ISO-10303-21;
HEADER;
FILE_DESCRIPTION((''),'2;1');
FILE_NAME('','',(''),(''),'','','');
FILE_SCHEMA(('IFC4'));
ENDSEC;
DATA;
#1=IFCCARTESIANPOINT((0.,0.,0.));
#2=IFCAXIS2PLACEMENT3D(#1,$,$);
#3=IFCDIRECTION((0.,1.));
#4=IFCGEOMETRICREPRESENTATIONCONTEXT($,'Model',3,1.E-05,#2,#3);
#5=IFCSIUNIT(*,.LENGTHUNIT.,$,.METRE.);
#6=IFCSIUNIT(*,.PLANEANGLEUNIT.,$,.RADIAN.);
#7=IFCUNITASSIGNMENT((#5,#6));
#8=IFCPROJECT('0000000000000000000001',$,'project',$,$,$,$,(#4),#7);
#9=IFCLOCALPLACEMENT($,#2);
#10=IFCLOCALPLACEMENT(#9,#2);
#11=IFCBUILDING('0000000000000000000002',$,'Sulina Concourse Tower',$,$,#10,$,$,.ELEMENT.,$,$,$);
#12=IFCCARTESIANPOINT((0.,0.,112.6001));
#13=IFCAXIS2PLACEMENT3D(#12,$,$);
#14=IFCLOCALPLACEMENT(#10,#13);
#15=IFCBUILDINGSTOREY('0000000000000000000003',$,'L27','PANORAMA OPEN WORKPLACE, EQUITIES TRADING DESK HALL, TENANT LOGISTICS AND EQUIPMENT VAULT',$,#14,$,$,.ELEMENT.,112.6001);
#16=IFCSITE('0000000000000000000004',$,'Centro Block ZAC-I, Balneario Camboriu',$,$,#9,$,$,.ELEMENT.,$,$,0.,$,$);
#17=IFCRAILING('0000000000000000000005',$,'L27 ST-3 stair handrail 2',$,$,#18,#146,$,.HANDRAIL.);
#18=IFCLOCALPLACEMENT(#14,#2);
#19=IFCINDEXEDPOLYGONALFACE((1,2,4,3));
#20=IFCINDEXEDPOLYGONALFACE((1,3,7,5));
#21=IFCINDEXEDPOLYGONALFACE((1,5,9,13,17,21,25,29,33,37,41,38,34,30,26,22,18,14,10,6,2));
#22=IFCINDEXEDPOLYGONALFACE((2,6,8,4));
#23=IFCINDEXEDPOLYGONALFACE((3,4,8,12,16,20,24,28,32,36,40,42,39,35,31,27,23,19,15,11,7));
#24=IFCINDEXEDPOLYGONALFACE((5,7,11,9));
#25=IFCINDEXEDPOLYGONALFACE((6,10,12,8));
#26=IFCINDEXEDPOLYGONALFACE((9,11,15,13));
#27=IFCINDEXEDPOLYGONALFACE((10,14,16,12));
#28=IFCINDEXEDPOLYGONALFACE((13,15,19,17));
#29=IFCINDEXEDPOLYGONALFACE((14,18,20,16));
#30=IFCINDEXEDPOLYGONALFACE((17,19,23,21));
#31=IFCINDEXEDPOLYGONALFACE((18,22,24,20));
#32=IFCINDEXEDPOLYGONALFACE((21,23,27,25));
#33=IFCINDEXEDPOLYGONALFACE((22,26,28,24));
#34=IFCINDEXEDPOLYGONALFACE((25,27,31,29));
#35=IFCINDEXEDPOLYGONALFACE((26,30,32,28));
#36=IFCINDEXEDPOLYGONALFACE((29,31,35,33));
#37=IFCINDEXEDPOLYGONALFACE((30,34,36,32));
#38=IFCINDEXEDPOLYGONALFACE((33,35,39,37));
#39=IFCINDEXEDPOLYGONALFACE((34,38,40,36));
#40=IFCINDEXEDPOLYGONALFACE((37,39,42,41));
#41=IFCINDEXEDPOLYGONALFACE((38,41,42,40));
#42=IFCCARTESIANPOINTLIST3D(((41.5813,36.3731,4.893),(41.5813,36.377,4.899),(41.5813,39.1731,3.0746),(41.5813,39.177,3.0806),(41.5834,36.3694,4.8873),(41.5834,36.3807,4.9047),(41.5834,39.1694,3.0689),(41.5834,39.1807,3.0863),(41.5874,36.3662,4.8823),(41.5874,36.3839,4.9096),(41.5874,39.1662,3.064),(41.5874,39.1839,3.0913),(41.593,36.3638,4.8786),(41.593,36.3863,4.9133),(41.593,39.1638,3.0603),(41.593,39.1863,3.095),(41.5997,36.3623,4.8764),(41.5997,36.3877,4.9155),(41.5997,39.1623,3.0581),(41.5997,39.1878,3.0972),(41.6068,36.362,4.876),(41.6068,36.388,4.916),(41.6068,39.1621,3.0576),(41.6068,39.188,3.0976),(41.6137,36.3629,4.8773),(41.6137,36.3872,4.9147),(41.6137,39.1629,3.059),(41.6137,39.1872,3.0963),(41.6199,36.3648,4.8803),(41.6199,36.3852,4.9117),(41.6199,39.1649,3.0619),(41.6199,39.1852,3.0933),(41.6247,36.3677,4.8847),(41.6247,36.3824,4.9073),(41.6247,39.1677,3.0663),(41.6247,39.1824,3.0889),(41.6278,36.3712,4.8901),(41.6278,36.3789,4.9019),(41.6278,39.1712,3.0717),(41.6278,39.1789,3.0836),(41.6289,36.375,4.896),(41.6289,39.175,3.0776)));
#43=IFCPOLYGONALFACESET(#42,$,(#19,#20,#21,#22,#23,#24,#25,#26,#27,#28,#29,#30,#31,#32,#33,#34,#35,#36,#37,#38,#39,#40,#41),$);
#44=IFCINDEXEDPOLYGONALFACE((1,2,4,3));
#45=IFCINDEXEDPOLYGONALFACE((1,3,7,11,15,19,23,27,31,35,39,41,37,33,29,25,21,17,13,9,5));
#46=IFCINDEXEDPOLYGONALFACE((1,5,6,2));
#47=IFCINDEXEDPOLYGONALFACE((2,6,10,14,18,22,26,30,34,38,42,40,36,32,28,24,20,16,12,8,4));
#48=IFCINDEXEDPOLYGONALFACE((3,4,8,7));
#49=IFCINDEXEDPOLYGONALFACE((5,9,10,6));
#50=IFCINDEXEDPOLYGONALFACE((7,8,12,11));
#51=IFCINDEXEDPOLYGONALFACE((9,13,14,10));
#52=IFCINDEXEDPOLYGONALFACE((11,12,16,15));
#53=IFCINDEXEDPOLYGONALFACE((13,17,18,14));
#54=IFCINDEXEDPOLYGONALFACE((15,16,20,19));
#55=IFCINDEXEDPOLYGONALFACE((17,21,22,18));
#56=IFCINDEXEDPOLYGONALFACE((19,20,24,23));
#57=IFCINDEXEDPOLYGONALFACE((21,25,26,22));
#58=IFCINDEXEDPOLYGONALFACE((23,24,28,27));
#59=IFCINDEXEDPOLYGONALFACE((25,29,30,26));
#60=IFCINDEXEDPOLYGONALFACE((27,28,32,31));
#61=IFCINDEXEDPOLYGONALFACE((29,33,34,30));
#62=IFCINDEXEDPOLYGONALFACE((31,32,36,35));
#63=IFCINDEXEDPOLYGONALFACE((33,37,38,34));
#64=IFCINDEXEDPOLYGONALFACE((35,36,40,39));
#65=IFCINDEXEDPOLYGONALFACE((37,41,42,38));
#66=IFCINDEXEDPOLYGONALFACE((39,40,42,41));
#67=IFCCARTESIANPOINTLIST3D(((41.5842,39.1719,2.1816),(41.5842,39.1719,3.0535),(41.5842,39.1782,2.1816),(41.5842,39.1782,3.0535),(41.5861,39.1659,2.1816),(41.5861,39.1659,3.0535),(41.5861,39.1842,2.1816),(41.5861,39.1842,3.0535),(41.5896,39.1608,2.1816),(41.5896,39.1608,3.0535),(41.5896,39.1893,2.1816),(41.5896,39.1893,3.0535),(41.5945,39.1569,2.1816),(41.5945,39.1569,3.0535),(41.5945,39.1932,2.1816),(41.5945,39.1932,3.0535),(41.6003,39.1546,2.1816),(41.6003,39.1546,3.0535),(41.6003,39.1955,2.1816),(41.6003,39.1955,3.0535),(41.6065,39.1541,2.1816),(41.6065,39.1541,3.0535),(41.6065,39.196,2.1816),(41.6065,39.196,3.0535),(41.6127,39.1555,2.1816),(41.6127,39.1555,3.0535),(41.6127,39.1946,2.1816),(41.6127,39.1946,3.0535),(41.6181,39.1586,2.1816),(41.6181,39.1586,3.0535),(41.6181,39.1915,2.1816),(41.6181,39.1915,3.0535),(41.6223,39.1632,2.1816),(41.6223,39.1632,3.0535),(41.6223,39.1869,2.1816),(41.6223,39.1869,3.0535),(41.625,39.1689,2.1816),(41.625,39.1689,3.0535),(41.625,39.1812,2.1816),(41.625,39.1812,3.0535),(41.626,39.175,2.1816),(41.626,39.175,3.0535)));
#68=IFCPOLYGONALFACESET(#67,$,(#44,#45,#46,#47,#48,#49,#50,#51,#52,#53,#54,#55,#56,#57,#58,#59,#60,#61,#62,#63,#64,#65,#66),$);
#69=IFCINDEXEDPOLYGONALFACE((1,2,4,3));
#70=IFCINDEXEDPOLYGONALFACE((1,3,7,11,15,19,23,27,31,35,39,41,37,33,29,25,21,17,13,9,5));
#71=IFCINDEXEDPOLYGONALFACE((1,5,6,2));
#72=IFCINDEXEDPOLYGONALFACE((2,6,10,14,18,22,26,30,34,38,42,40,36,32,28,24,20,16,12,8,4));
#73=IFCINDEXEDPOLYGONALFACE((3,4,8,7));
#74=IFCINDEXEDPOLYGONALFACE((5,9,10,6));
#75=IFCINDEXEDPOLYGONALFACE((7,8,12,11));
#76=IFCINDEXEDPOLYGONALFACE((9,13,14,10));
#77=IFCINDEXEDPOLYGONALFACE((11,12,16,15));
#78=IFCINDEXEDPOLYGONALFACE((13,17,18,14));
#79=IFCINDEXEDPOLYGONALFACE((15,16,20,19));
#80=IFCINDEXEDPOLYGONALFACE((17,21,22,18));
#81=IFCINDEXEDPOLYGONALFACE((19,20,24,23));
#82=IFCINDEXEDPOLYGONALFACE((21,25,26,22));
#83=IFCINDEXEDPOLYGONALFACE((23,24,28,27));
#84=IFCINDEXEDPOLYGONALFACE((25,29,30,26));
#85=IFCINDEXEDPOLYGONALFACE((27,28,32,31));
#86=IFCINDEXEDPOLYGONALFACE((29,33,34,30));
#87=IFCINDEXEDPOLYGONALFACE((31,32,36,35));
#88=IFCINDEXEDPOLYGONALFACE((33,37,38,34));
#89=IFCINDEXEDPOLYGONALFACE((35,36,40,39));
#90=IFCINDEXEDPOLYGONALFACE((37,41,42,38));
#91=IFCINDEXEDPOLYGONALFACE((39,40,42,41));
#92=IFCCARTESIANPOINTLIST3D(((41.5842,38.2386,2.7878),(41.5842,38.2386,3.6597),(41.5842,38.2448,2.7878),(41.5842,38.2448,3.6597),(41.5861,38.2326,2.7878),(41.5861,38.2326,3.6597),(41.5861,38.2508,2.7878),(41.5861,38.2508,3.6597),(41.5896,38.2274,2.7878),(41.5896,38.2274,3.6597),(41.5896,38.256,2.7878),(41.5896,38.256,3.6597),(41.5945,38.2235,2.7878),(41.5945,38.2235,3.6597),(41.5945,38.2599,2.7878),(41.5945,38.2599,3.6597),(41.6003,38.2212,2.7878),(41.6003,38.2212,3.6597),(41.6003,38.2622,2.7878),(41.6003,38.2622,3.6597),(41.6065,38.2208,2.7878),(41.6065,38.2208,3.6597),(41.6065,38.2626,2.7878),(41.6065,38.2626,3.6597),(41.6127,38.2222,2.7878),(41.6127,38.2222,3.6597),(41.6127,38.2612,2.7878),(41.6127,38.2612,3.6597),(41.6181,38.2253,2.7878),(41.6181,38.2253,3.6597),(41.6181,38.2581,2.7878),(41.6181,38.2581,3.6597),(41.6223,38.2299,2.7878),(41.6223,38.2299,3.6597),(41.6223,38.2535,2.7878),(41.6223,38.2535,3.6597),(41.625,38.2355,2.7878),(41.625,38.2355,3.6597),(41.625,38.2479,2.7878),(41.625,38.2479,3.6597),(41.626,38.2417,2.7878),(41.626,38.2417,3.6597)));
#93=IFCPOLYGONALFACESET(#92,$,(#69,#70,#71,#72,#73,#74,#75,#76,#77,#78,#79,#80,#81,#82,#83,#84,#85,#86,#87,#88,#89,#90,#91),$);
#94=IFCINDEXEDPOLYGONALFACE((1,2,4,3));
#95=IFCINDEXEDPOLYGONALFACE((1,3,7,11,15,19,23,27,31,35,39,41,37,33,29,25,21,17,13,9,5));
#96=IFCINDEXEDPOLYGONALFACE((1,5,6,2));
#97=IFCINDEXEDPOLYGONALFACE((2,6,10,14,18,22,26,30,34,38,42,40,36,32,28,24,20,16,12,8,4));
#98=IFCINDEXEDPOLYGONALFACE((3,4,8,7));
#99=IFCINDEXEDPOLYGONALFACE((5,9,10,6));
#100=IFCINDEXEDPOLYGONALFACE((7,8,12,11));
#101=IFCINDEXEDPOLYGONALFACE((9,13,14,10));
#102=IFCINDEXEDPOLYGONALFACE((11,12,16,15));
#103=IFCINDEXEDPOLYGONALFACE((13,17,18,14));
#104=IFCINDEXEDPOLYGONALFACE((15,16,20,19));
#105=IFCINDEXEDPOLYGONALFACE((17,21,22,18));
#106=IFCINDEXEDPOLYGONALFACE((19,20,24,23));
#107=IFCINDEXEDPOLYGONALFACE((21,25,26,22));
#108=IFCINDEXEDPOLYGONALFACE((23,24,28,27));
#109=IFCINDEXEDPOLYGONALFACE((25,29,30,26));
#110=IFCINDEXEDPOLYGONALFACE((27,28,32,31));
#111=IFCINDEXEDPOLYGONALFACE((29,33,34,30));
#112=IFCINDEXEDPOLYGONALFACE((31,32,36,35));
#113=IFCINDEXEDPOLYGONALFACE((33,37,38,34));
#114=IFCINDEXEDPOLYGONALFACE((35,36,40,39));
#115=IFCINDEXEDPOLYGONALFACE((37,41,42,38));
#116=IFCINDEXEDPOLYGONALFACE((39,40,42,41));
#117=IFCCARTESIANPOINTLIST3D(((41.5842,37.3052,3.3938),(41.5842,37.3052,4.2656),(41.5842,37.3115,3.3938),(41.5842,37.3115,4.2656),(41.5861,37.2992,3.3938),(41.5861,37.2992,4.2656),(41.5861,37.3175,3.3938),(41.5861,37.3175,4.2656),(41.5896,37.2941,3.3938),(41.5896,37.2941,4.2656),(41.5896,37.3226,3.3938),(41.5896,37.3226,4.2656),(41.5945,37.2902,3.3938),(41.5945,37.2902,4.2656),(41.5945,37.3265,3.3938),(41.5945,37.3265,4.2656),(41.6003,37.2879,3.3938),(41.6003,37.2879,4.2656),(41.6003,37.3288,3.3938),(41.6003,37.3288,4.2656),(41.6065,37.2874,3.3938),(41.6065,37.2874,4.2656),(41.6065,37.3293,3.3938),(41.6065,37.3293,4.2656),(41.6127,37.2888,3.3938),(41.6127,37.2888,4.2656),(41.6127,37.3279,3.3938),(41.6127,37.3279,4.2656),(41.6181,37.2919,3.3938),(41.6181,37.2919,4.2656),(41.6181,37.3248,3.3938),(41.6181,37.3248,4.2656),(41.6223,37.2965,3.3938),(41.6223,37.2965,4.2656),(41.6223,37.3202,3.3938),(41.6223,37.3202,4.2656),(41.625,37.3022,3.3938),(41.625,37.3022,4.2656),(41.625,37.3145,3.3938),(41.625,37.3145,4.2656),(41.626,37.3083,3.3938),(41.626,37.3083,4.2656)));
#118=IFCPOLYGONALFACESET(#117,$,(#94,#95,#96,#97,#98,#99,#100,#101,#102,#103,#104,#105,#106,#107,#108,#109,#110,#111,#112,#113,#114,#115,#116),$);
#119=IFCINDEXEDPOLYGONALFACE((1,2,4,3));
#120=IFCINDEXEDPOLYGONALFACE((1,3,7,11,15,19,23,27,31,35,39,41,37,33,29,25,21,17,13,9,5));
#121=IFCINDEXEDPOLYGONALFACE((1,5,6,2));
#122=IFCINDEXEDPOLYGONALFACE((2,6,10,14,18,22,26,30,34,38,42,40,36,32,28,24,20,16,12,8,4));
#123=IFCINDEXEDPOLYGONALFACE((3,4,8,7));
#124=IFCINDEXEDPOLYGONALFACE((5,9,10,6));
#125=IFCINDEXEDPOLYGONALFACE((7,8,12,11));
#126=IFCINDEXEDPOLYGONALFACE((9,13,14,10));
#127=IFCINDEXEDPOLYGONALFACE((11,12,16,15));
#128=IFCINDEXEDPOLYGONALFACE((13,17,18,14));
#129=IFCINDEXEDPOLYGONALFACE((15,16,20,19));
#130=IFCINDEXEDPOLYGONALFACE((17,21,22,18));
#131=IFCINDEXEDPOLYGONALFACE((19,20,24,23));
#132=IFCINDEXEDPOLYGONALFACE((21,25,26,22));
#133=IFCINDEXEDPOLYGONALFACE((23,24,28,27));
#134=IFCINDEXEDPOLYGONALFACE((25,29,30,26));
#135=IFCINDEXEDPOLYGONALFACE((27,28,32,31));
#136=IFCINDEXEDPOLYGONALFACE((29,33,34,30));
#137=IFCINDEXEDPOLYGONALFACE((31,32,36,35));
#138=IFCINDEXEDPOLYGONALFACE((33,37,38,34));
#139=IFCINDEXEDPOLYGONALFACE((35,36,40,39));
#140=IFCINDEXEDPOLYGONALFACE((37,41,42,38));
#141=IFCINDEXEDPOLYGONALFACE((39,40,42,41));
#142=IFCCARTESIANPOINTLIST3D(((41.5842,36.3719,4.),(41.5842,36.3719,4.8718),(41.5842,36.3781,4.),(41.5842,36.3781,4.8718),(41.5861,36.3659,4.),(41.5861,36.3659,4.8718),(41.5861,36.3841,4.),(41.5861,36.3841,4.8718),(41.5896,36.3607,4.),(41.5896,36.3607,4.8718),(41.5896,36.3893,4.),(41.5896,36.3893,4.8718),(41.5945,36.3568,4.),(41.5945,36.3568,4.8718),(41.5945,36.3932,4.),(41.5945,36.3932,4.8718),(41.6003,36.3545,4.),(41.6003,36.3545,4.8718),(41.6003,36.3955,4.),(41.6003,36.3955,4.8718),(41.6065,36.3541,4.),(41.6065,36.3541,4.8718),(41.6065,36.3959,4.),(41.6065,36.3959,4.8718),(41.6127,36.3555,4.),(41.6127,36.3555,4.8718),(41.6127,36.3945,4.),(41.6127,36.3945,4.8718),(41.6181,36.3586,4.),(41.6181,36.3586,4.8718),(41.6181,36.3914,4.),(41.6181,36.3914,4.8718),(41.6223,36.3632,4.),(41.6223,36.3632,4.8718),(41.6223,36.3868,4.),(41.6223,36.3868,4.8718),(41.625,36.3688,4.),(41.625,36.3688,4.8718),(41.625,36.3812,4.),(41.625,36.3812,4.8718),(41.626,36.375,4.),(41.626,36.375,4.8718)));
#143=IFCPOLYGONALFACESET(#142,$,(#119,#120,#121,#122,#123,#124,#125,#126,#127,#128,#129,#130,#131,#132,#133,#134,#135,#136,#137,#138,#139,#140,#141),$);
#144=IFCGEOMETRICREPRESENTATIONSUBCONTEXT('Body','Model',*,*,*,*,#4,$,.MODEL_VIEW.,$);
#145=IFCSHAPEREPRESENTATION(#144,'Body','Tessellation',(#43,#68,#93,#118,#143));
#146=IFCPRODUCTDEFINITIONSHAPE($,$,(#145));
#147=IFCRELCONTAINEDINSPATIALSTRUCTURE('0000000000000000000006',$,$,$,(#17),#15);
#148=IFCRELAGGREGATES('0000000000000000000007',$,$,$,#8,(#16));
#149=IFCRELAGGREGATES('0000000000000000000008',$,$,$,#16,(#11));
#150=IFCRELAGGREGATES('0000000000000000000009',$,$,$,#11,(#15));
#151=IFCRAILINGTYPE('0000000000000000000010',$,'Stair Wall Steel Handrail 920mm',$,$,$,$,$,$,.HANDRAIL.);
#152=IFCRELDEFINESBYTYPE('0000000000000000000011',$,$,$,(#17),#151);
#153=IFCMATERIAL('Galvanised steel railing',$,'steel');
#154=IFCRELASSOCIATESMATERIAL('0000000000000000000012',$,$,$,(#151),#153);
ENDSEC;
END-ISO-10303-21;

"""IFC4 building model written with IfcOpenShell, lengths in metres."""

from ifc_helpers import new_model, si_unit, direction, frame, origin, origin_2d, place, context, subcontext, project, spatial, circle, extrude, material, type_object, element, save


model = new_model("IFC4")

# Units and contexts
model_context = context("Model", 3, precision=1e-05, world=origin(), true_north=direction((0.0, 1.0)))
body_context = subcontext(model_context, "Body", "Model", "MODEL_VIEW")
ifc_project = project(units=[si_unit("LENGTHUNIT", "METRE"), si_unit("PLANEANGLEUNIT", "RADIAN")], contexts=[model_context])

# Site, building, storey
site_placement = place(None, origin())
site = spatial("IfcSite", under=ifc_project, at=site_placement, Name="Centro Block ZAC-I, Balneario Camboriu", CompositionType="ELEMENT", RefElevation=0.0)
building_placement = place(site_placement, origin())
building = spatial("IfcBuilding", under=site, at=building_placement, Name="Sulina Concourse Tower", CompositionType="ELEMENT")
storey_placement = place(building_placement, frame((0.0, 0.0, 112.6001)))
storey = spatial("IfcBuildingStorey", under=building, at=storey_placement, Name="L27", Description="PANORAMA OPEN WORKPLACE, EQUITIES TRADING DESK HALL, TENANT LOGISTICS AND EQUIPMENT VAULT", CompositionType="ELEMENT", Elevation=112.6001)

# Railing
ifc_material_1 = material(Name="Galvanised steel railing", Category="steel")
railing_type_1 = type_object("IfcRailingType", Name="Stair Wall Steel Handrail 920mm", PredefinedType="HANDRAIL", material=ifc_material_1)
railing_1_placement = place(storey_placement, frame((41.605, 39.175, 2.1816)))
element("IfcRailing", 1, at=railing_1_placement, inside=storey, type_object=railing_type_1, Name="L27 ST-3 stair handrail 2", PredefinedType="HANDRAIL", context=body_context, shape_type="SweptSolid", body=[
    extrude(circle(Radius=0.0239, at=origin_2d()), frame((0.0, 0.0, 0.896), z_axis=(0.0, -0.838672, 0.544636), x_axis=(1.0, 0.0, 0.0)), (0.0, 0.0, 1.0), 3.3386),
    extrude(circle(Radius=0.021, at=origin_2d()), origin(), (0.0, 0.0, 1.0), 0.8718),
    extrude(circle(Radius=0.021, at=origin_2d()), frame((0.0, -0.9333, 0.6062)), (0.0, 0.0, 1.0), 0.8718),
    extrude(circle(Radius=0.021, at=origin_2d()), frame((0.0, -1.8667, 1.2122)), (0.0, 0.0, 1.0), 0.8718),
    extrude(circle(Radius=0.021, at=origin_2d()), frame((0.0, -2.8, 1.8184)), (0.0, 0.0, 1.0), 0.8718),
])

save(model, "model.ifc")
